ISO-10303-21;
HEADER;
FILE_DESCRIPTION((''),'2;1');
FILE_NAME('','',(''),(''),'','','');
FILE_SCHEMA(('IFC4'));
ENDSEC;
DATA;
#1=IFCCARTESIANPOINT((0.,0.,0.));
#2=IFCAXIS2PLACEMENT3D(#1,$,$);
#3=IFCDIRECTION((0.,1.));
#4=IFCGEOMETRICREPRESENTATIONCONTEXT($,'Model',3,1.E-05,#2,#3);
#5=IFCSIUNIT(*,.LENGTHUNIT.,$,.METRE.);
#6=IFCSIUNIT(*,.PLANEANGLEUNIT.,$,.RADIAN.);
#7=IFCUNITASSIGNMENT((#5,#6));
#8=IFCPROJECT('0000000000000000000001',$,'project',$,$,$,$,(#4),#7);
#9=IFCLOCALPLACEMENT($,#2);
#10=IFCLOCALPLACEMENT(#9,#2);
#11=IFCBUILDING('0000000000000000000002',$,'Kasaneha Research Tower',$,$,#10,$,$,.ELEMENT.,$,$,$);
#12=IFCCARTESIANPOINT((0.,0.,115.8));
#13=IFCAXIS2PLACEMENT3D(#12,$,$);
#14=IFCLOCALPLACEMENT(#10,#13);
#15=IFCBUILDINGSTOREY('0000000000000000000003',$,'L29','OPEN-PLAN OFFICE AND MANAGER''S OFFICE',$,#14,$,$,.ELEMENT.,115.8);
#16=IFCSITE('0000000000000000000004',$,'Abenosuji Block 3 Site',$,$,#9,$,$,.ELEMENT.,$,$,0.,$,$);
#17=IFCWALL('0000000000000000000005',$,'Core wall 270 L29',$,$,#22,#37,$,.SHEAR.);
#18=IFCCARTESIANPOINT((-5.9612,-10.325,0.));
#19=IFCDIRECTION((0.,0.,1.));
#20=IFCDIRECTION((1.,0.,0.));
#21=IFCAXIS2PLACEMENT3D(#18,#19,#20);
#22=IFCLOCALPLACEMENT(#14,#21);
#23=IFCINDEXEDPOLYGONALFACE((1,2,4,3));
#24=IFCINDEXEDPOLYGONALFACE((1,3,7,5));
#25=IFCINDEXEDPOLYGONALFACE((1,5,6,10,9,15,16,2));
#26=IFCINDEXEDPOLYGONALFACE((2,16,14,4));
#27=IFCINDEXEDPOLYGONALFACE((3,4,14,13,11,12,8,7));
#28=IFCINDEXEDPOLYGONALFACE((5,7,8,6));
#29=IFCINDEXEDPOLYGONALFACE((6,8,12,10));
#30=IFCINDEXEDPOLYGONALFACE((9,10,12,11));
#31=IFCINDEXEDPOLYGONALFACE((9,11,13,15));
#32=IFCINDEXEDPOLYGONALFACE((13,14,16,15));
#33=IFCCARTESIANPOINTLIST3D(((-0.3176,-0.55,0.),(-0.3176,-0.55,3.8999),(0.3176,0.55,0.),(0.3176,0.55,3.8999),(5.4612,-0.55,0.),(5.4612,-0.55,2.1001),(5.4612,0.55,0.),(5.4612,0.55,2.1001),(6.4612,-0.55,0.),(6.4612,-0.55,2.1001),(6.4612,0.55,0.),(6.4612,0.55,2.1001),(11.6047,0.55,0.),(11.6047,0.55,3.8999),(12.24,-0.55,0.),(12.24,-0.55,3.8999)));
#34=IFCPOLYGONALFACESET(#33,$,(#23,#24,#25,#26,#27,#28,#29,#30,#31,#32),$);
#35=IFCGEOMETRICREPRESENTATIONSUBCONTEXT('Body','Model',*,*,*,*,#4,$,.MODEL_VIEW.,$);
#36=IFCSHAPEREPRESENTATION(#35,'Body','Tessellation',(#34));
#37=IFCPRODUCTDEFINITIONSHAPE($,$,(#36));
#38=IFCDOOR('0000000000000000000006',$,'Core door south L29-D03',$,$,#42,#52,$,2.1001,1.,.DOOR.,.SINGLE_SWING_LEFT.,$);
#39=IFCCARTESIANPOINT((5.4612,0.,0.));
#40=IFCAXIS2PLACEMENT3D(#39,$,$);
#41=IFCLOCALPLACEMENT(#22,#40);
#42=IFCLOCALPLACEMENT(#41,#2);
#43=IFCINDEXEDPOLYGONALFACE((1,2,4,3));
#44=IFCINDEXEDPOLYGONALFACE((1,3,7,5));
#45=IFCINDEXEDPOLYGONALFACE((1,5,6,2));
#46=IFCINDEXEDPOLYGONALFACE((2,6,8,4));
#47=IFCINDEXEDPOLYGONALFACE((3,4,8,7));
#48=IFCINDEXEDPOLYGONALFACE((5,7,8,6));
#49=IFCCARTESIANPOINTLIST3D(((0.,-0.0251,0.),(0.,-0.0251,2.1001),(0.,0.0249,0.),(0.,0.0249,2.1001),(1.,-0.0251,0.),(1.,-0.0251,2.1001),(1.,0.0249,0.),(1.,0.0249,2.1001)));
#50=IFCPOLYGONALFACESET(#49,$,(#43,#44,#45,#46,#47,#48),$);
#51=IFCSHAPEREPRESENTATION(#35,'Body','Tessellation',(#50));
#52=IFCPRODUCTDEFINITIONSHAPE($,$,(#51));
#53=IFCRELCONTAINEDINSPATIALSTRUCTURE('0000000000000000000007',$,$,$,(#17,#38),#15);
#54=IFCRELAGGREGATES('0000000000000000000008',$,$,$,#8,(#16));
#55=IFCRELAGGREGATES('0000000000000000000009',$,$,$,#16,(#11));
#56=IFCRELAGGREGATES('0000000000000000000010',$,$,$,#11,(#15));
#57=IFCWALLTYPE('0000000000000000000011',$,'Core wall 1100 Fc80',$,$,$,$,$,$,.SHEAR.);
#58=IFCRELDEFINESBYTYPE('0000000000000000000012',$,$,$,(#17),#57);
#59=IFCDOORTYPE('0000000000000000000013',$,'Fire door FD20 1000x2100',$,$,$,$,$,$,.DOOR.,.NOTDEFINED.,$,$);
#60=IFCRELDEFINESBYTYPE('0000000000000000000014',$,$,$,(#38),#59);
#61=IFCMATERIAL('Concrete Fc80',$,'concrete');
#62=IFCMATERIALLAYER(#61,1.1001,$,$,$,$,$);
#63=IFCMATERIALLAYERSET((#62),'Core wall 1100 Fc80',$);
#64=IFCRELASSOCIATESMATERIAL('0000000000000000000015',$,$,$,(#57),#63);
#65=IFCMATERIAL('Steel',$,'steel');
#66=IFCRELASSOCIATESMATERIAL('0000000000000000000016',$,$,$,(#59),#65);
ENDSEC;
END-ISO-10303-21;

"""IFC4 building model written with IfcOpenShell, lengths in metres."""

from ifc_helpers import new_model, si_unit, direction, frame, frame_2d, origin, place, context, subcontext, project, spatial, polyline, rectangle, outline, extrude, material, layer, layer_set, type_object, element, fill, save


model = new_model("IFC4")

# Units and contexts
model_context = context("Model", 3, precision=1e-05, world=origin(), true_north=direction((0.0, 1.0)))
body_context = subcontext(model_context, "Body", "Model", "MODEL_VIEW")
ifc_project = project(units=[si_unit("LENGTHUNIT", "METRE"), si_unit("PLANEANGLEUNIT", "RADIAN")], contexts=[model_context])

# Site, building, storey
site_placement = place(None, origin())
site = spatial("IfcSite", under=ifc_project, at=site_placement, Name="Abenosuji Block 3 Site", CompositionType="ELEMENT", RefElevation=0.0)
building_placement = place(site_placement, origin())
building = spatial("IfcBuilding", under=site, at=building_placement, Name="Kasaneha Research Tower", CompositionType="ELEMENT")
storey_placement = place(building_placement, frame((0.0, 0.0, 115.8)))
storey = spatial("IfcBuildingStorey", under=building, at=storey_placement, Name="L29", Description="OPEN-PLAN OFFICE AND MANAGER'S OFFICE", CompositionType="ELEMENT", Elevation=115.8)

# Wall, opening, door
ifc_material_1 = material(Name="Concrete Fc80", Category="concrete")
ifc_layer_1 = layer(ifc_material_1, 1.1001)
ifc_layer_set_1 = layer_set([ifc_layer_1], Name="Core wall 1100 Fc80")
wall_type_1 = type_object("IfcWallType", Name="Core wall 1100 Fc80", PredefinedType="SHEAR", material=ifc_layer_set_1)
wall_1_placement = place(storey_placement, frame((-5.9612, -10.325, 0.0), z_axis=(0.0, 0.0, 1.0), x_axis=(1.0, 0.0, 0.0)))
wall_1 = element("IfcWall", 1, at=wall_1_placement, inside=storey, type_object=wall_type_1, Name="Core wall 270 L29", PredefinedType="SHEAR", context=body_context, shape_type="SweptSolid", body=[
    extrude(outline(polyline([(-0.3176, -0.55), (5.4612, -0.55), (6.4612, -0.55), (12.24, -0.55), (11.6047, 0.55), (6.4612, 0.55), (5.4612, 0.55), (0.3176, 0.55), (-0.3176, -0.55)])), origin(), (0.0, 0.0, 1.0), 3.8999),
])
opening_1_placement = place(wall_1_placement, frame((5.4612, 0.0, 0.0)))
opening_1 = element("IfcOpeningElement", 2, at=opening_1_placement, cuts=wall_1, PredefinedType="OPENING", context=body_context, shape_type="SweptSolid", body=[
    extrude(rectangle(XDim=1.0, YDim=2.1001, at=frame_2d((0.5, 1.05))), frame((0.0, 0.5601, 0.0), z_axis=(0.0, -1.0, 0.0), x_axis=(1.0, 0.0, 0.0)), (0.0, 0.0, 1.0), 1.1201),
])
ifc_material_2 = material(Name="Steel", Category="steel")
door_type_1 = type_object("IfcDoorType", Name="Fire door FD20 1000x2100", OperationType="NOTDEFINED", PredefinedType="DOOR", material=ifc_material_2)
door_1_placement = place(opening_1_placement, origin())
door_1 = element("IfcDoor", 3, at=door_1_placement, inside=storey, type_object=door_type_1, Name="Core door south L29-D03", OperationType="SINGLE_SWING_LEFT", OverallHeight=2.1001, OverallWidth=1.0, PredefinedType="DOOR", context=body_context, shape_type="SweptSolid", body=[
    extrude(rectangle(XDim=1.0, YDim=2.1001, at=frame_2d((0.5, 1.05))), frame((0.0, 0.0249, 0.0), z_axis=(0.0, -1.0, 0.0), x_axis=(1.0, 0.0, 0.0)), (0.0, 0.0, 1.0), 0.05),
])
fill(opening_1, door_1)

save(model, "model.ifc")
